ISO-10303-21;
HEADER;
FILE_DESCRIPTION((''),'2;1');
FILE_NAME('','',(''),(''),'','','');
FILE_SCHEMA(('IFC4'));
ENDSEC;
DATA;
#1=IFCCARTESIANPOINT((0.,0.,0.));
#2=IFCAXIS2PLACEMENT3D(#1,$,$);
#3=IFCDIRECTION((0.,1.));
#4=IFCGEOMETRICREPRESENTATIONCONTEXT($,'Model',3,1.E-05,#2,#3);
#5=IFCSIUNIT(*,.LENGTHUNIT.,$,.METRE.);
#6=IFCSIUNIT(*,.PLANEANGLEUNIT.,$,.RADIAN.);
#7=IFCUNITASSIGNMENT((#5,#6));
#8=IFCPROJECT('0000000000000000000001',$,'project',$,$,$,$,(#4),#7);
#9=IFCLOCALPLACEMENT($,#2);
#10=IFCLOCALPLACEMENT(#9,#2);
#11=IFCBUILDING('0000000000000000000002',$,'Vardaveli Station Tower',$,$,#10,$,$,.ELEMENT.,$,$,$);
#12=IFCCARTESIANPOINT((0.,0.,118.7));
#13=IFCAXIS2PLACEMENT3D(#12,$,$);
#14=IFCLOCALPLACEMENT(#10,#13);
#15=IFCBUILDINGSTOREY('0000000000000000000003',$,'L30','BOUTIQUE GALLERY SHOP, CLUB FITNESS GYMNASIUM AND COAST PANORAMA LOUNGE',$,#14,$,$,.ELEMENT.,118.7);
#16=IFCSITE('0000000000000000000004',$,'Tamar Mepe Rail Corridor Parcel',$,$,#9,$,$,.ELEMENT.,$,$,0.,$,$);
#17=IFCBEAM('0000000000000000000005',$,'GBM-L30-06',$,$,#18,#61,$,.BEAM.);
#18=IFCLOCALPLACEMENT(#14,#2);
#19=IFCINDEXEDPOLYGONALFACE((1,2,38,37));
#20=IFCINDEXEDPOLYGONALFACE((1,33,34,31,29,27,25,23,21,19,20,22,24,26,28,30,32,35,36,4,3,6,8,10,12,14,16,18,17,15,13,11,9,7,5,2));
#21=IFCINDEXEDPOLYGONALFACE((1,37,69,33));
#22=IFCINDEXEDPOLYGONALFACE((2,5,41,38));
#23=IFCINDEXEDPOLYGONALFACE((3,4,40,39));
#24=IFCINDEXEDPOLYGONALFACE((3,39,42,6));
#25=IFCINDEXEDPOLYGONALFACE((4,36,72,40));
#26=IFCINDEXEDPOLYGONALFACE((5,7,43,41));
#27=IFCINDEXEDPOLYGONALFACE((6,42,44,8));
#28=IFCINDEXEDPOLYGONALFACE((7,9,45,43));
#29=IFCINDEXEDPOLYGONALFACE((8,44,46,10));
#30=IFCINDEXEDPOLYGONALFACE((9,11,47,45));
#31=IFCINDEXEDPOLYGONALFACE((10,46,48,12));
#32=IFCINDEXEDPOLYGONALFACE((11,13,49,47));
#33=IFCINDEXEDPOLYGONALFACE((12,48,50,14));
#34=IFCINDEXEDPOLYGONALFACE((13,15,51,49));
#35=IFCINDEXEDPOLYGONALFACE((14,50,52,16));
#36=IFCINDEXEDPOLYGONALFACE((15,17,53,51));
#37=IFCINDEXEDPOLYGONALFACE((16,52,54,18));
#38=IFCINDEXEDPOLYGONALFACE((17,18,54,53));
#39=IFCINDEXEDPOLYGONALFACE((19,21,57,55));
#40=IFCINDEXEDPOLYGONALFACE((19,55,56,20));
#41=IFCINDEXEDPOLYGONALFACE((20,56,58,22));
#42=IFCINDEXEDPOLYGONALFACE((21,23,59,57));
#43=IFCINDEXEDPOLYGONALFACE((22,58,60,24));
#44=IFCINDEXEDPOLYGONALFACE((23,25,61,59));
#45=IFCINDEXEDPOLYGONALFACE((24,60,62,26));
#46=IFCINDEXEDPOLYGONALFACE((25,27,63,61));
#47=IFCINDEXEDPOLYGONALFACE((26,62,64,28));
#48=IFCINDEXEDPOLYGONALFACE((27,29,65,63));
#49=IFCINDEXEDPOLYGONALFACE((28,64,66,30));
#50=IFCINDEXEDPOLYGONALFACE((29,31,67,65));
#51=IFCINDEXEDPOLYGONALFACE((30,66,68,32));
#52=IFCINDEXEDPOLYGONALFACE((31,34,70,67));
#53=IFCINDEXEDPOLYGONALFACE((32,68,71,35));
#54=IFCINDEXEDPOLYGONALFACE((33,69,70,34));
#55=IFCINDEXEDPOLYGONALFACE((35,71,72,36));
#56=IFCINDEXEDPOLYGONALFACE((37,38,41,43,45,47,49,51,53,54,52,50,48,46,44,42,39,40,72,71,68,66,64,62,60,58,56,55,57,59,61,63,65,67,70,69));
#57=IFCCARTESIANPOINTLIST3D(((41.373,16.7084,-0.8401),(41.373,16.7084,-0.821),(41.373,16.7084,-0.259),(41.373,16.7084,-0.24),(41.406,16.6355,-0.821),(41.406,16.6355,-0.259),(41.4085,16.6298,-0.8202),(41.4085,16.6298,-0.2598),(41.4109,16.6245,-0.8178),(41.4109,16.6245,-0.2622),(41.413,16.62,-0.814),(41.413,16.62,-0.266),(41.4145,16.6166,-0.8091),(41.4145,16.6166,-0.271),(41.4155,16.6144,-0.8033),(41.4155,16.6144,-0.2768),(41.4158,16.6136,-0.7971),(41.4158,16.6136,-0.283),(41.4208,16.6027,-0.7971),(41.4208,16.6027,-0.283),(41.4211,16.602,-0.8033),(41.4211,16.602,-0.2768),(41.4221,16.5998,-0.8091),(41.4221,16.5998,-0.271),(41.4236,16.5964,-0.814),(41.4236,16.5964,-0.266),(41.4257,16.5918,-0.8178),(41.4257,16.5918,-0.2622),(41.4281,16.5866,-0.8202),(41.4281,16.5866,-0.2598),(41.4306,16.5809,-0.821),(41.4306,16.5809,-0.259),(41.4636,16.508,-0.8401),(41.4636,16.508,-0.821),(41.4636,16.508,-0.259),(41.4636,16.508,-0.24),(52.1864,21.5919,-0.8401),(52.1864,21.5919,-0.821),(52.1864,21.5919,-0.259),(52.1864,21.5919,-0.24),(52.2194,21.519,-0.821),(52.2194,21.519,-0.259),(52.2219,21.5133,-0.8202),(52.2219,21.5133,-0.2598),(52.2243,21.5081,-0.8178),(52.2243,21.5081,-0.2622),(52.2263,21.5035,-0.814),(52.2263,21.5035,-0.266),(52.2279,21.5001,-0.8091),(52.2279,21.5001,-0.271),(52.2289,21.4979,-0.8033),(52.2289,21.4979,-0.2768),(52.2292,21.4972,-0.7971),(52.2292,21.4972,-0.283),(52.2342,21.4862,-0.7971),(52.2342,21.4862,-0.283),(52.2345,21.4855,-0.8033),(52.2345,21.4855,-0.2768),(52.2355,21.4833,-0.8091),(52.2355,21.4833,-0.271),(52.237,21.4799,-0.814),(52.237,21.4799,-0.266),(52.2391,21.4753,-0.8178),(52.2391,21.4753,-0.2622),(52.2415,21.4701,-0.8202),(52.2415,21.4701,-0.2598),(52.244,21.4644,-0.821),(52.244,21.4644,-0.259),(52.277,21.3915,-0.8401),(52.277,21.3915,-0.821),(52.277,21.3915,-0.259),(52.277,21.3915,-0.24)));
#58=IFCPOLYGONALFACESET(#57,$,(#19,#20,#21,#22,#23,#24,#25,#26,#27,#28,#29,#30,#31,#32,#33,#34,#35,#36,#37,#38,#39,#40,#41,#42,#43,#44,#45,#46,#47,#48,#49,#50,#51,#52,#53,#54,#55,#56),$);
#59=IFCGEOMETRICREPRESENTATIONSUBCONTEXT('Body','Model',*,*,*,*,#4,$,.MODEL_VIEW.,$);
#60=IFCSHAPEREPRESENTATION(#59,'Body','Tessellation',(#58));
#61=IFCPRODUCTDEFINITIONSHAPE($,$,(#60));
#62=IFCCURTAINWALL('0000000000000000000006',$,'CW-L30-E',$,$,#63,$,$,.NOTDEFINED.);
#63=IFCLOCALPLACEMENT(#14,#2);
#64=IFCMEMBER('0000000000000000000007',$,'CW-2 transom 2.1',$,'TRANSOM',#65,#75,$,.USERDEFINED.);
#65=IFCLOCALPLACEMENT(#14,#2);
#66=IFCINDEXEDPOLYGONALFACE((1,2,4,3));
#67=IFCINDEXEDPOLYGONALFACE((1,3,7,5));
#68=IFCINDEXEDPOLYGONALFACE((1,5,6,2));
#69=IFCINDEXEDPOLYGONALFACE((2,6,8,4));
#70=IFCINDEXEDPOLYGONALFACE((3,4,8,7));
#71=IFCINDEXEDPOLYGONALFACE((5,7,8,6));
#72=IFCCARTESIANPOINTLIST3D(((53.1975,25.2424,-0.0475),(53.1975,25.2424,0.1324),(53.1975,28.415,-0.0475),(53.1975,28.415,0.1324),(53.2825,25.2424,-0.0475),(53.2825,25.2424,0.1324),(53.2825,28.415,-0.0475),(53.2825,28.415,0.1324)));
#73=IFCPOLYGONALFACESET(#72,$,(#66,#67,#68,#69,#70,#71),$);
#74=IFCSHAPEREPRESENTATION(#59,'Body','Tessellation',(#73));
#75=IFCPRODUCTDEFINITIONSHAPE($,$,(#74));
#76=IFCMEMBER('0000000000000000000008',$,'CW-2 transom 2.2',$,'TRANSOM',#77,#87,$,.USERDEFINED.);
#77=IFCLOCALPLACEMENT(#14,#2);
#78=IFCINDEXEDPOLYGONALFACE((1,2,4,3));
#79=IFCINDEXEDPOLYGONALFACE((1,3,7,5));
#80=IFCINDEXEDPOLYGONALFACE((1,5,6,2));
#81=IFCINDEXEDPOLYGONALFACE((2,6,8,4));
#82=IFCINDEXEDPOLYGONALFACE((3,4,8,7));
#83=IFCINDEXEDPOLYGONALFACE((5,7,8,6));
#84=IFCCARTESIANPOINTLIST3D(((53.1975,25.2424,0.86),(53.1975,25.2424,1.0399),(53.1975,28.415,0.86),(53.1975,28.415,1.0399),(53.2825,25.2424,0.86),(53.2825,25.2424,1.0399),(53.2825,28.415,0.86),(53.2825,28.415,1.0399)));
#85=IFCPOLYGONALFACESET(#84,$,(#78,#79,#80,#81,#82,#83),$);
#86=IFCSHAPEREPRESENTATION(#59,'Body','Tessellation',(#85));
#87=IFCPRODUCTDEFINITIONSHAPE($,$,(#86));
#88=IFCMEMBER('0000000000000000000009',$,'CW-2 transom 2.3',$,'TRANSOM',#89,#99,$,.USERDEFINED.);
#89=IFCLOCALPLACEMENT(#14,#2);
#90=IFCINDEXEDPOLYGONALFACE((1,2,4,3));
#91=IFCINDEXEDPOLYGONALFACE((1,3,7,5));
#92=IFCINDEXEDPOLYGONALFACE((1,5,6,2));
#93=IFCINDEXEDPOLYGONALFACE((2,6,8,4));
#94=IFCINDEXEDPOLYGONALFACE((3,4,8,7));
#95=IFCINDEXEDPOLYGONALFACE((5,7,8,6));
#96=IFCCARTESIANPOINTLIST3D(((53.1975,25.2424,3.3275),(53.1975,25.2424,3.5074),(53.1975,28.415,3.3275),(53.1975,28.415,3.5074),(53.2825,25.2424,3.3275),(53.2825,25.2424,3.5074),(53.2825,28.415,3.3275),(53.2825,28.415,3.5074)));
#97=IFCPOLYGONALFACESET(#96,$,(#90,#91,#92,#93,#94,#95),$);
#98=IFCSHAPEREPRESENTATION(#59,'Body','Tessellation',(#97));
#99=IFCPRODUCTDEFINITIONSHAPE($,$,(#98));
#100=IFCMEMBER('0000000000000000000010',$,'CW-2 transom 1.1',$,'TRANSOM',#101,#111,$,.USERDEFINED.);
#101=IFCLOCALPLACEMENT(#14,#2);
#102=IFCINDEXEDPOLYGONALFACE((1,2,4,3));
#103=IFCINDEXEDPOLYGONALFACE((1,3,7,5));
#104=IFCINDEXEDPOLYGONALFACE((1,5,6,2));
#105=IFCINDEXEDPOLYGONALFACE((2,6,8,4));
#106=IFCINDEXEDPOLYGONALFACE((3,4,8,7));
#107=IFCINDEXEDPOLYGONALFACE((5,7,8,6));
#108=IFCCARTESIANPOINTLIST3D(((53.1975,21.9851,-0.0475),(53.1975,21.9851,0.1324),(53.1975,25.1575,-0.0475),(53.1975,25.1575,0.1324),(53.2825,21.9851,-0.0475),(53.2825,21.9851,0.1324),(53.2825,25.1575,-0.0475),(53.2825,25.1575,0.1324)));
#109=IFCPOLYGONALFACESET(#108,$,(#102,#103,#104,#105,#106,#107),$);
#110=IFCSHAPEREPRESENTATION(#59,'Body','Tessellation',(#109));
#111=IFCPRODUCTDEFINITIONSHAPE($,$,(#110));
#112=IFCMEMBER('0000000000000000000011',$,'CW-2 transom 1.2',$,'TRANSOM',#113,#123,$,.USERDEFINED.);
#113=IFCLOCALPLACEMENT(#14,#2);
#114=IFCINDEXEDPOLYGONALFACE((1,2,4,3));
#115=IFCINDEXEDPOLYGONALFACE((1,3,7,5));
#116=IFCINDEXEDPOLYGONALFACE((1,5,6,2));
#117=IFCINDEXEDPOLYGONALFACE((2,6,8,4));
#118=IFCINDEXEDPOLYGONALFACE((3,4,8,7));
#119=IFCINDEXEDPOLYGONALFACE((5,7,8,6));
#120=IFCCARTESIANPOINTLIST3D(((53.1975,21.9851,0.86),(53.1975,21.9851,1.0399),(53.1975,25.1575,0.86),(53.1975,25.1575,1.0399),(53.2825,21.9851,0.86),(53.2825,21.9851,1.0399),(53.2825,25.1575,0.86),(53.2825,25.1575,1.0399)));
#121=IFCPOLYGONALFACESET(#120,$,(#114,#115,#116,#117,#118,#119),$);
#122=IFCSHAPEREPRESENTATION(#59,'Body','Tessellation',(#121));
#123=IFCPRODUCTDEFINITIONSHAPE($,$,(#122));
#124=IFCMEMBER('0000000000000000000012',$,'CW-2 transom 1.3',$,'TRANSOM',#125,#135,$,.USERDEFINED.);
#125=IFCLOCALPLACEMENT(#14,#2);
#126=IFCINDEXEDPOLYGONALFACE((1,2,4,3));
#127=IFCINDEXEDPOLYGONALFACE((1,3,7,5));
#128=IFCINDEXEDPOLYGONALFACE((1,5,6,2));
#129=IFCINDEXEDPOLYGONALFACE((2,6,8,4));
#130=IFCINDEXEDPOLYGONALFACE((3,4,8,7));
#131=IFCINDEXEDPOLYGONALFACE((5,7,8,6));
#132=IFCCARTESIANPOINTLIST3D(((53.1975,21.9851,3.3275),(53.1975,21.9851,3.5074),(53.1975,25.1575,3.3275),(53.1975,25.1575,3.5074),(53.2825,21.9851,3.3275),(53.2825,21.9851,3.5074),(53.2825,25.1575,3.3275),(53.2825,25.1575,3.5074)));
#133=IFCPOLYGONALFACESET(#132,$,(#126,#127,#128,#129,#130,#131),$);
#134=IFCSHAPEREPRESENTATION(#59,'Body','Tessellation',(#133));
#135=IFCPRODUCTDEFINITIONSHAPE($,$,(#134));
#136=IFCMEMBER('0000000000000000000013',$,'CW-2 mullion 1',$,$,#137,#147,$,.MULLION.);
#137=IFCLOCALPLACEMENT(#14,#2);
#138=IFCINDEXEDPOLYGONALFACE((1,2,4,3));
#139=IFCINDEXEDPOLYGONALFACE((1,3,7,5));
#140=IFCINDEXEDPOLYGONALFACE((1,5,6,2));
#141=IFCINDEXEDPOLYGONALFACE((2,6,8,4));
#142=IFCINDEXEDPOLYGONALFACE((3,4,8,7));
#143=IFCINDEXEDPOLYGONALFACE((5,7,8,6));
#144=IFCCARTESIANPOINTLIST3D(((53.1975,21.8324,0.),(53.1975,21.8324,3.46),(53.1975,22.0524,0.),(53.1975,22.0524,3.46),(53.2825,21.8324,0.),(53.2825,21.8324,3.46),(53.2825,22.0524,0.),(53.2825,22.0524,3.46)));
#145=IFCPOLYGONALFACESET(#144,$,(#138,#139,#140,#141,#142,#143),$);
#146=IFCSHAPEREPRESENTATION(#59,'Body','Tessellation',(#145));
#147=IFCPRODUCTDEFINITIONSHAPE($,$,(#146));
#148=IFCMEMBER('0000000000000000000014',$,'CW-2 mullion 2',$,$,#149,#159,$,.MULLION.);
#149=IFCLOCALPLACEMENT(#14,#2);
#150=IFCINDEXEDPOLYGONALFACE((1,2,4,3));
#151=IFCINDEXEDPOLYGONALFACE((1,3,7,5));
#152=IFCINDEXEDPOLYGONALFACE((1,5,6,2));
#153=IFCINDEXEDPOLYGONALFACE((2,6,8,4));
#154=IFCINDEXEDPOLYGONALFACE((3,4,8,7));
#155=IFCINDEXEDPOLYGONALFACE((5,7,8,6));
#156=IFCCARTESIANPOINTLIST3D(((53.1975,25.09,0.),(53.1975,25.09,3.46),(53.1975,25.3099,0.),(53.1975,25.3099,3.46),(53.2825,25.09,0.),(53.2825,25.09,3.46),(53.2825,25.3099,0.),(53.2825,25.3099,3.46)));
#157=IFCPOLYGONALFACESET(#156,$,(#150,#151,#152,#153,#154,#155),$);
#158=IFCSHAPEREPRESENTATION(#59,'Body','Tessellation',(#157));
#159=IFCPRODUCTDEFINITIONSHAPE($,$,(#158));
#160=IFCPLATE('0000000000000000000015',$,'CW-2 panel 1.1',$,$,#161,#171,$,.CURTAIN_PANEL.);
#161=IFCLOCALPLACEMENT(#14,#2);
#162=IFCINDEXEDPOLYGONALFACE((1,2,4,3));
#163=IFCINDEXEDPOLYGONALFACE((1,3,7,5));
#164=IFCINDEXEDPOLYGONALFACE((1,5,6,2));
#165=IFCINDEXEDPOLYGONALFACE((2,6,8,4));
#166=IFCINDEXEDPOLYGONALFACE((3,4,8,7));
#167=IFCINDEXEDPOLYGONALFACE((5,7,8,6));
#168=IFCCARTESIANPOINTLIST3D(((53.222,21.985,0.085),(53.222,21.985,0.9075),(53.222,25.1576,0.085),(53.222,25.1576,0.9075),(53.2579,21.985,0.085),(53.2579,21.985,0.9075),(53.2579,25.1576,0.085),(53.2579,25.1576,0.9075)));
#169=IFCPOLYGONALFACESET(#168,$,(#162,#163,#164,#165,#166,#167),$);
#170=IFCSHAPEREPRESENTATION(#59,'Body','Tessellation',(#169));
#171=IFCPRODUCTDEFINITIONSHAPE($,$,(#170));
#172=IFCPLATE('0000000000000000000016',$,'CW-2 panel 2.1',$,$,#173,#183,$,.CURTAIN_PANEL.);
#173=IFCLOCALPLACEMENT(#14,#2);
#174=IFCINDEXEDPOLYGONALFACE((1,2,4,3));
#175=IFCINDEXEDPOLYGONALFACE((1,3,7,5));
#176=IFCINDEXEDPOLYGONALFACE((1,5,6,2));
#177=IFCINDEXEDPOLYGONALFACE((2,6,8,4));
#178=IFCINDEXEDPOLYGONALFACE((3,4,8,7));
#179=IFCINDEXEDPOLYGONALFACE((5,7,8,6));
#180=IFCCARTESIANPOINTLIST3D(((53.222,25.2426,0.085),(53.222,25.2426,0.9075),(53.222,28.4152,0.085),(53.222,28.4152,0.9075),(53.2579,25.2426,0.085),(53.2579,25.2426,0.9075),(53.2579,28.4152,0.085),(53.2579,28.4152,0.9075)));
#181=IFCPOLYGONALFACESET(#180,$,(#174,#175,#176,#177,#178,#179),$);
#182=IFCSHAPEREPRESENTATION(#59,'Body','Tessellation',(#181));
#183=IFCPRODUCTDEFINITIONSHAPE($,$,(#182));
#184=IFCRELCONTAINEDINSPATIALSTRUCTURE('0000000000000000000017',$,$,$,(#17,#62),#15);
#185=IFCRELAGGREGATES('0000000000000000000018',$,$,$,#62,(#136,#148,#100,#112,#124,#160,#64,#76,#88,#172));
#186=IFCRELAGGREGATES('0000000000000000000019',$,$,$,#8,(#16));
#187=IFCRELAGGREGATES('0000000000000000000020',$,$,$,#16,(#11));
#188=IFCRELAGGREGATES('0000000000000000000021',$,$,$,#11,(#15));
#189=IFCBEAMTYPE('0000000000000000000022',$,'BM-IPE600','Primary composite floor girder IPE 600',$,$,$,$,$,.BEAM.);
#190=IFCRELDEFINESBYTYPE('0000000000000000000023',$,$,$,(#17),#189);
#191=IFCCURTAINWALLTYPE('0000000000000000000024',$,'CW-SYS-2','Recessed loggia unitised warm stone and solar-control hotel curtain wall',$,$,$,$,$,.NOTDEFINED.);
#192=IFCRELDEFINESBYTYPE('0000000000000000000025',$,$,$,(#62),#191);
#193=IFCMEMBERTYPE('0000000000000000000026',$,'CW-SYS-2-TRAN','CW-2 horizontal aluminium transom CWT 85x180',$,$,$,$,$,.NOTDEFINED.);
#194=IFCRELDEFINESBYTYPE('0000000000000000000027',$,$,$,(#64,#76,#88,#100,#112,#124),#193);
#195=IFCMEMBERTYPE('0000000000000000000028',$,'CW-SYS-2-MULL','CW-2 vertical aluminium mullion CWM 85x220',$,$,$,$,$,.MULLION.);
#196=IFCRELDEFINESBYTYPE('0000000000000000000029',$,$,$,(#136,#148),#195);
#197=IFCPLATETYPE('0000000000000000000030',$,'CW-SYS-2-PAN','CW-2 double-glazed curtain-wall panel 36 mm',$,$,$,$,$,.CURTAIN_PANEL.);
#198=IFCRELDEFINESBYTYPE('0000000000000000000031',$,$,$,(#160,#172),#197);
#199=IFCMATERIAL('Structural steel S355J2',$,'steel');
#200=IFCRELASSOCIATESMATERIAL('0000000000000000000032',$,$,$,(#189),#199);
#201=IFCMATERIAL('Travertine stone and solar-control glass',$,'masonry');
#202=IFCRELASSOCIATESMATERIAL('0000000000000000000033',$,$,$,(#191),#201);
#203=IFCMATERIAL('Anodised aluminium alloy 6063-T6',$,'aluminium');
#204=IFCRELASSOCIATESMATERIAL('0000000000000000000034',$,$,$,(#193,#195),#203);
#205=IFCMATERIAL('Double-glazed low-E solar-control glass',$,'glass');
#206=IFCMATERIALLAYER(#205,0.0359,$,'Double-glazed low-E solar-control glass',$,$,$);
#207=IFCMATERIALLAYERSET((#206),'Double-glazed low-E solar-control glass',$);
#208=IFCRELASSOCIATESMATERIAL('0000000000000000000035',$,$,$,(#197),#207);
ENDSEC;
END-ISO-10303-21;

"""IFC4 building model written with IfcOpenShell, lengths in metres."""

from ifc_helpers import new_model, si_unit, direction, frame, origin, origin_2d, place, context, subcontext, project, spatial, rectangle, i_section, extrude, source, transform, mapped, material, layer, layer_set, material_profile, profile_set, type_object, element, aggregate, save


model = new_model("IFC4")

# Units and contexts
model_context = context("Model", 3, precision=1e-05, world=origin(), true_north=direction((0.0, 1.0)))
body_context = subcontext(model_context, "Body", "Model", "MODEL_VIEW")
ifc_project = project(units=[si_unit("LENGTHUNIT", "METRE"), si_unit("PLANEANGLEUNIT", "RADIAN")], contexts=[model_context])

# Site, building, storey
site_placement = place(None, origin())
site = spatial("IfcSite", under=ifc_project, at=site_placement, Name="Tamar Mepe Rail Corridor Parcel", CompositionType="ELEMENT", RefElevation=0.0)
building_placement = place(site_placement, origin())
building = spatial("IfcBuilding", under=site, at=building_placement, Name="Vardaveli Station Tower", CompositionType="ELEMENT")
storey_placement = place(building_placement, frame((0.0, 0.0, 118.7)))
storey = spatial("IfcBuildingStorey", under=building, at=storey_placement, Name="L30", Description="BOUTIQUE GALLERY SHOP, CLUB FITNESS GYMNASIUM AND COAST PANORAMA LOUNGE", CompositionType="ELEMENT", Elevation=118.7)

# Beam
ifc_material_1 = material(Name="Structural steel S355J2", Category="steel")
ifc_material_profile_1 = material_profile(ifc_material_1, i_section(OverallWidth=0.22, OverallDepth=0.6001, WebThickness=0.012, FlangeThickness=0.019, FilletRadius=0.0239, at=origin_2d()), Name="IPE 600")
ifc_profile_set_1 = profile_set([ifc_material_profile_1], Name="Structural steel S355J2")
beam_type_1 = type_object("IfcBeamType", Name="BM-IPE600", Description="Primary composite floor girder IPE 600", PredefinedType="BEAM", material=ifc_profile_set_1)
shared_shape_1 = source(origin(), body_context, "Body", "SweptSolid", [
    extrude(i_section(OverallWidth=0.22, OverallDepth=0.6001, WebThickness=0.012, FlangeThickness=0.019, FilletRadius=0.0239, at=origin_2d()), origin(), (0.0, 0.0, 1.0), 11.865),
])
beam_1_placement = place(storey_placement, frame((52.2317, 21.4917, -0.54), z_axis=(-0.911369, -0.411589, 0.0), x_axis=(0.411589, -0.911369, 0.0)))
element("IfcBeam", 1, at=beam_1_placement, inside=storey, type_object=beam_type_1, Name="GBM-L30-06", PredefinedType="BEAM", context=body_context, shape_type="MappedRepresentation", body=[
    mapped(shared_shape_1, transform((0.0, 0.0, 0.0), scale=1.0)),
])

# Curtain wall, members, plates
ifc_material_2 = material(Name="Travertine stone and solar-control glass", Category="masonry")
curtain_wall_type = type_object("IfcCurtainWallType", Name="CW-SYS-2", Description="Recessed loggia unitised warm stone and solar-control hotel curtain wall", PredefinedType="NOTDEFINED", material=ifc_material_2)
curtain_wall_placement = place(storey_placement, origin())
curtain_wall = element("IfcCurtainWall", 2, at=curtain_wall_placement, inside=storey, type_object=curtain_wall_type, Name="CW-L30-E", PredefinedType="NOTDEFINED")
ifc_material_3 = material(Name="Anodised aluminium alloy 6063-T6", Category="aluminium")
ifc_material_profile_2 = material_profile(ifc_material_3, rectangle(XDim=0.085, YDim=0.1799, at=origin_2d()), Name="CWT 85x180")
ifc_profile_set_2 = profile_set([ifc_material_profile_2], Name="Anodised aluminium alloy 6063-T6")
member_type_1 = type_object("IfcMemberType", Name="CW-SYS-2-TRAN", Description="CW-2 horizontal aluminium transom CWT 85x180", PredefinedType="NOTDEFINED", material=ifc_profile_set_2)
shared_shape_2 = source(origin(), body_context, "Body", "SweptSolid", [
    extrude(rectangle(XDim=0.085, YDim=0.1799, at=origin_2d()), origin(), (0.0, 0.0, 1.0), 3.1726),
])
member_1_placement = place(storey_placement, frame((53.24, 25.2424, 0.0425), z_axis=(0.0, 1.0, 0.0), x_axis=(-1.0, 0.0, 0.0)))
member_1 = element("IfcMember", 3, at=member_1_placement, type_object=member_type_1, Name="CW-2 transom 2.1", ObjectType="TRANSOM", PredefinedType="USERDEFINED", context=body_context, shape_type="MappedRepresentation", body=[
    mapped(shared_shape_2, transform((0.0, 0.0, 0.0), scale=1.0)),
])
member_2_placement = place(storey_placement, frame((53.24, 25.2424, 0.95), z_axis=(0.0, 1.0, 0.0), x_axis=(-1.0, 0.0, 0.0)))
member_2 = element("IfcMember", 4, at=member_2_placement, type_object=member_type_1, Name="CW-2 transom 2.2", ObjectType="TRANSOM", PredefinedType="USERDEFINED", context=body_context, shape_type="MappedRepresentation", body=[
    mapped(shared_shape_2, transform((0.0, 0.0, 0.0), scale=1.0)),
])
member_3_placement = place(storey_placement, frame((53.24, 25.2424, 3.4175), z_axis=(0.0, 1.0, 0.0), x_axis=(-1.0, 0.0, 0.0)))
member_3 = element("IfcMember", 5, at=member_3_placement, type_object=member_type_1, Name="CW-2 transom 2.3", ObjectType="TRANSOM", PredefinedType="USERDEFINED", context=body_context, shape_type="MappedRepresentation", body=[
    mapped(shared_shape_2, transform((0.0, 0.0, 0.0), scale=1.0)),
])
shared_shape_3 = source(origin(), body_context, "Body", "SweptSolid", [
    extrude(rectangle(XDim=0.085, YDim=0.1799, at=origin_2d()), origin(), (0.0, 0.0, 1.0), 3.1724),
])
member_4_placement = place(storey_placement, frame((53.24, 21.9851, 0.0425), z_axis=(0.0, 1.0, 0.0), x_axis=(-1.0, 0.0, 0.0)))
member_4 = element("IfcMember", 6, at=member_4_placement, type_object=member_type_1, Name="CW-2 transom 1.1", ObjectType="TRANSOM", PredefinedType="USERDEFINED", context=body_context, shape_type="MappedRepresentation", body=[
    mapped(shared_shape_3, transform((0.0, 0.0, 0.0), scale=1.0)),
])
member_5_placement = place(storey_placement, frame((53.24, 21.9851, 0.95), z_axis=(0.0, 1.0, 0.0), x_axis=(-1.0, 0.0, 0.0)))
member_5 = element("IfcMember", 7, at=member_5_placement, type_object=member_type_1, Name="CW-2 transom 1.2", ObjectType="TRANSOM", PredefinedType="USERDEFINED", context=body_context, shape_type="MappedRepresentation", body=[
    mapped(shared_shape_3, transform((0.0, 0.0, 0.0), scale=1.0)),
])
member_6_placement = place(storey_placement, frame((53.24, 21.9851, 3.4175), z_axis=(0.0, 1.0, 0.0), x_axis=(-1.0, 0.0, 0.0)))
member_6 = element("IfcMember", 8, at=member_6_placement, type_object=member_type_1, Name="CW-2 transom 1.3", ObjectType="TRANSOM", PredefinedType="USERDEFINED", context=body_context, shape_type="MappedRepresentation", body=[
    mapped(shared_shape_3, transform((0.0, 0.0, 0.0), scale=1.0)),
])
ifc_material_profile_3 = material_profile(ifc_material_3, rectangle(XDim=0.085, YDim=0.22, at=origin_2d()), Name="CWM 85x220")
ifc_profile_set_3 = profile_set([ifc_material_profile_3], Name="Anodised aluminium alloy 6063-T6")
member_type_2 = type_object("IfcMemberType", Name="CW-SYS-2-MULL", Description="CW-2 vertical aluminium mullion CWM 85x220", PredefinedType="MULLION", material=ifc_profile_set_3)
shared_shape_4 = source(origin(), body_context, "Body", "SweptSolid", [
    extrude(rectangle(XDim=0.085, YDim=0.22, at=origin_2d()), origin(), (0.0, 0.0, 1.0), 3.46),
])
member_7_placement = place(storey_placement, frame((53.24, 21.9424, 0.0), z_axis=(0.0, 0.0, 1.0), x_axis=(-1.0, 0.0, 0.0)))
member_7 = element("IfcMember", 9, at=member_7_placement, type_object=member_type_2, Name="CW-2 mullion 1", PredefinedType="MULLION", context=body_context, shape_type="MappedRepresentation", body=[
    mapped(shared_shape_4, transform((0.0, 0.0, 0.0), scale=1.0)),
])
member_8_placement = place(storey_placement, frame((53.24, 25.2, 0.0), z_axis=(0.0, 0.0, 1.0), x_axis=(-1.0, 0.0, 0.0)))
member_8 = element("IfcMember", 10, at=member_8_placement, type_object=member_type_2, Name="CW-2 mullion 2", PredefinedType="MULLION", context=body_context, shape_type="MappedRepresentation", body=[
    mapped(shared_shape_4, transform((0.0, 0.0, 0.0), scale=1.0)),
])
ifc_material_4 = material(Name="Double-glazed low-E solar-control glass", Category="glass")
ifc_layer_1 = layer(ifc_material_4, 0.0359, Name="Double-glazed low-E solar-control glass")
ifc_layer_set_1 = layer_set([ifc_layer_1], Name="Double-glazed low-E solar-control glass")
plate_type = type_object("IfcPlateType", Name="CW-SYS-2-PAN", Description="CW-2 double-glazed curtain-wall panel 36 mm", PredefinedType="CURTAIN_PANEL", material=ifc_layer_set_1)
shared_shape_5 = source(origin(), body_context, "Body", "SweptSolid", [
    extrude(rectangle(XDim=3.1726, YDim=0.0359, at=origin_2d()), origin(), (0.0, 0.0, 1.0), 0.8225),
])
plate_1_placement = place(storey_placement, frame((53.24, 23.5713, 0.085), z_axis=(0.0, 0.0, 1.0), x_axis=(0.0, 1.0, 0.0)))
plate_1 = element("IfcPlate", 11, at=plate_1_placement, type_object=plate_type, Name="CW-2 panel 1.1", PredefinedType="CURTAIN_PANEL", context=body_context, shape_type="MappedRepresentation", body=[
    mapped(shared_shape_5, transform((0.0, 0.0, 0.0), scale=1.0)),
])
plate_2_placement = place(storey_placement, frame((53.24, 26.8289, 0.085), z_axis=(0.0, 0.0, 1.0), x_axis=(0.0, 1.0, 0.0)))
plate_2 = element("IfcPlate", 12, at=plate_2_placement, type_object=plate_type, Name="CW-2 panel 2.1", PredefinedType="CURTAIN_PANEL", context=body_context, shape_type="MappedRepresentation", body=[
    mapped(shared_shape_5, transform((0.0, 0.0, 0.0), scale=1.0)),
])
aggregate(curtain_wall, [member_7, member_8, member_4, member_5, member_6, plate_1, member_1, member_2, member_3, plate_2])

save(model, "model.ifc")
